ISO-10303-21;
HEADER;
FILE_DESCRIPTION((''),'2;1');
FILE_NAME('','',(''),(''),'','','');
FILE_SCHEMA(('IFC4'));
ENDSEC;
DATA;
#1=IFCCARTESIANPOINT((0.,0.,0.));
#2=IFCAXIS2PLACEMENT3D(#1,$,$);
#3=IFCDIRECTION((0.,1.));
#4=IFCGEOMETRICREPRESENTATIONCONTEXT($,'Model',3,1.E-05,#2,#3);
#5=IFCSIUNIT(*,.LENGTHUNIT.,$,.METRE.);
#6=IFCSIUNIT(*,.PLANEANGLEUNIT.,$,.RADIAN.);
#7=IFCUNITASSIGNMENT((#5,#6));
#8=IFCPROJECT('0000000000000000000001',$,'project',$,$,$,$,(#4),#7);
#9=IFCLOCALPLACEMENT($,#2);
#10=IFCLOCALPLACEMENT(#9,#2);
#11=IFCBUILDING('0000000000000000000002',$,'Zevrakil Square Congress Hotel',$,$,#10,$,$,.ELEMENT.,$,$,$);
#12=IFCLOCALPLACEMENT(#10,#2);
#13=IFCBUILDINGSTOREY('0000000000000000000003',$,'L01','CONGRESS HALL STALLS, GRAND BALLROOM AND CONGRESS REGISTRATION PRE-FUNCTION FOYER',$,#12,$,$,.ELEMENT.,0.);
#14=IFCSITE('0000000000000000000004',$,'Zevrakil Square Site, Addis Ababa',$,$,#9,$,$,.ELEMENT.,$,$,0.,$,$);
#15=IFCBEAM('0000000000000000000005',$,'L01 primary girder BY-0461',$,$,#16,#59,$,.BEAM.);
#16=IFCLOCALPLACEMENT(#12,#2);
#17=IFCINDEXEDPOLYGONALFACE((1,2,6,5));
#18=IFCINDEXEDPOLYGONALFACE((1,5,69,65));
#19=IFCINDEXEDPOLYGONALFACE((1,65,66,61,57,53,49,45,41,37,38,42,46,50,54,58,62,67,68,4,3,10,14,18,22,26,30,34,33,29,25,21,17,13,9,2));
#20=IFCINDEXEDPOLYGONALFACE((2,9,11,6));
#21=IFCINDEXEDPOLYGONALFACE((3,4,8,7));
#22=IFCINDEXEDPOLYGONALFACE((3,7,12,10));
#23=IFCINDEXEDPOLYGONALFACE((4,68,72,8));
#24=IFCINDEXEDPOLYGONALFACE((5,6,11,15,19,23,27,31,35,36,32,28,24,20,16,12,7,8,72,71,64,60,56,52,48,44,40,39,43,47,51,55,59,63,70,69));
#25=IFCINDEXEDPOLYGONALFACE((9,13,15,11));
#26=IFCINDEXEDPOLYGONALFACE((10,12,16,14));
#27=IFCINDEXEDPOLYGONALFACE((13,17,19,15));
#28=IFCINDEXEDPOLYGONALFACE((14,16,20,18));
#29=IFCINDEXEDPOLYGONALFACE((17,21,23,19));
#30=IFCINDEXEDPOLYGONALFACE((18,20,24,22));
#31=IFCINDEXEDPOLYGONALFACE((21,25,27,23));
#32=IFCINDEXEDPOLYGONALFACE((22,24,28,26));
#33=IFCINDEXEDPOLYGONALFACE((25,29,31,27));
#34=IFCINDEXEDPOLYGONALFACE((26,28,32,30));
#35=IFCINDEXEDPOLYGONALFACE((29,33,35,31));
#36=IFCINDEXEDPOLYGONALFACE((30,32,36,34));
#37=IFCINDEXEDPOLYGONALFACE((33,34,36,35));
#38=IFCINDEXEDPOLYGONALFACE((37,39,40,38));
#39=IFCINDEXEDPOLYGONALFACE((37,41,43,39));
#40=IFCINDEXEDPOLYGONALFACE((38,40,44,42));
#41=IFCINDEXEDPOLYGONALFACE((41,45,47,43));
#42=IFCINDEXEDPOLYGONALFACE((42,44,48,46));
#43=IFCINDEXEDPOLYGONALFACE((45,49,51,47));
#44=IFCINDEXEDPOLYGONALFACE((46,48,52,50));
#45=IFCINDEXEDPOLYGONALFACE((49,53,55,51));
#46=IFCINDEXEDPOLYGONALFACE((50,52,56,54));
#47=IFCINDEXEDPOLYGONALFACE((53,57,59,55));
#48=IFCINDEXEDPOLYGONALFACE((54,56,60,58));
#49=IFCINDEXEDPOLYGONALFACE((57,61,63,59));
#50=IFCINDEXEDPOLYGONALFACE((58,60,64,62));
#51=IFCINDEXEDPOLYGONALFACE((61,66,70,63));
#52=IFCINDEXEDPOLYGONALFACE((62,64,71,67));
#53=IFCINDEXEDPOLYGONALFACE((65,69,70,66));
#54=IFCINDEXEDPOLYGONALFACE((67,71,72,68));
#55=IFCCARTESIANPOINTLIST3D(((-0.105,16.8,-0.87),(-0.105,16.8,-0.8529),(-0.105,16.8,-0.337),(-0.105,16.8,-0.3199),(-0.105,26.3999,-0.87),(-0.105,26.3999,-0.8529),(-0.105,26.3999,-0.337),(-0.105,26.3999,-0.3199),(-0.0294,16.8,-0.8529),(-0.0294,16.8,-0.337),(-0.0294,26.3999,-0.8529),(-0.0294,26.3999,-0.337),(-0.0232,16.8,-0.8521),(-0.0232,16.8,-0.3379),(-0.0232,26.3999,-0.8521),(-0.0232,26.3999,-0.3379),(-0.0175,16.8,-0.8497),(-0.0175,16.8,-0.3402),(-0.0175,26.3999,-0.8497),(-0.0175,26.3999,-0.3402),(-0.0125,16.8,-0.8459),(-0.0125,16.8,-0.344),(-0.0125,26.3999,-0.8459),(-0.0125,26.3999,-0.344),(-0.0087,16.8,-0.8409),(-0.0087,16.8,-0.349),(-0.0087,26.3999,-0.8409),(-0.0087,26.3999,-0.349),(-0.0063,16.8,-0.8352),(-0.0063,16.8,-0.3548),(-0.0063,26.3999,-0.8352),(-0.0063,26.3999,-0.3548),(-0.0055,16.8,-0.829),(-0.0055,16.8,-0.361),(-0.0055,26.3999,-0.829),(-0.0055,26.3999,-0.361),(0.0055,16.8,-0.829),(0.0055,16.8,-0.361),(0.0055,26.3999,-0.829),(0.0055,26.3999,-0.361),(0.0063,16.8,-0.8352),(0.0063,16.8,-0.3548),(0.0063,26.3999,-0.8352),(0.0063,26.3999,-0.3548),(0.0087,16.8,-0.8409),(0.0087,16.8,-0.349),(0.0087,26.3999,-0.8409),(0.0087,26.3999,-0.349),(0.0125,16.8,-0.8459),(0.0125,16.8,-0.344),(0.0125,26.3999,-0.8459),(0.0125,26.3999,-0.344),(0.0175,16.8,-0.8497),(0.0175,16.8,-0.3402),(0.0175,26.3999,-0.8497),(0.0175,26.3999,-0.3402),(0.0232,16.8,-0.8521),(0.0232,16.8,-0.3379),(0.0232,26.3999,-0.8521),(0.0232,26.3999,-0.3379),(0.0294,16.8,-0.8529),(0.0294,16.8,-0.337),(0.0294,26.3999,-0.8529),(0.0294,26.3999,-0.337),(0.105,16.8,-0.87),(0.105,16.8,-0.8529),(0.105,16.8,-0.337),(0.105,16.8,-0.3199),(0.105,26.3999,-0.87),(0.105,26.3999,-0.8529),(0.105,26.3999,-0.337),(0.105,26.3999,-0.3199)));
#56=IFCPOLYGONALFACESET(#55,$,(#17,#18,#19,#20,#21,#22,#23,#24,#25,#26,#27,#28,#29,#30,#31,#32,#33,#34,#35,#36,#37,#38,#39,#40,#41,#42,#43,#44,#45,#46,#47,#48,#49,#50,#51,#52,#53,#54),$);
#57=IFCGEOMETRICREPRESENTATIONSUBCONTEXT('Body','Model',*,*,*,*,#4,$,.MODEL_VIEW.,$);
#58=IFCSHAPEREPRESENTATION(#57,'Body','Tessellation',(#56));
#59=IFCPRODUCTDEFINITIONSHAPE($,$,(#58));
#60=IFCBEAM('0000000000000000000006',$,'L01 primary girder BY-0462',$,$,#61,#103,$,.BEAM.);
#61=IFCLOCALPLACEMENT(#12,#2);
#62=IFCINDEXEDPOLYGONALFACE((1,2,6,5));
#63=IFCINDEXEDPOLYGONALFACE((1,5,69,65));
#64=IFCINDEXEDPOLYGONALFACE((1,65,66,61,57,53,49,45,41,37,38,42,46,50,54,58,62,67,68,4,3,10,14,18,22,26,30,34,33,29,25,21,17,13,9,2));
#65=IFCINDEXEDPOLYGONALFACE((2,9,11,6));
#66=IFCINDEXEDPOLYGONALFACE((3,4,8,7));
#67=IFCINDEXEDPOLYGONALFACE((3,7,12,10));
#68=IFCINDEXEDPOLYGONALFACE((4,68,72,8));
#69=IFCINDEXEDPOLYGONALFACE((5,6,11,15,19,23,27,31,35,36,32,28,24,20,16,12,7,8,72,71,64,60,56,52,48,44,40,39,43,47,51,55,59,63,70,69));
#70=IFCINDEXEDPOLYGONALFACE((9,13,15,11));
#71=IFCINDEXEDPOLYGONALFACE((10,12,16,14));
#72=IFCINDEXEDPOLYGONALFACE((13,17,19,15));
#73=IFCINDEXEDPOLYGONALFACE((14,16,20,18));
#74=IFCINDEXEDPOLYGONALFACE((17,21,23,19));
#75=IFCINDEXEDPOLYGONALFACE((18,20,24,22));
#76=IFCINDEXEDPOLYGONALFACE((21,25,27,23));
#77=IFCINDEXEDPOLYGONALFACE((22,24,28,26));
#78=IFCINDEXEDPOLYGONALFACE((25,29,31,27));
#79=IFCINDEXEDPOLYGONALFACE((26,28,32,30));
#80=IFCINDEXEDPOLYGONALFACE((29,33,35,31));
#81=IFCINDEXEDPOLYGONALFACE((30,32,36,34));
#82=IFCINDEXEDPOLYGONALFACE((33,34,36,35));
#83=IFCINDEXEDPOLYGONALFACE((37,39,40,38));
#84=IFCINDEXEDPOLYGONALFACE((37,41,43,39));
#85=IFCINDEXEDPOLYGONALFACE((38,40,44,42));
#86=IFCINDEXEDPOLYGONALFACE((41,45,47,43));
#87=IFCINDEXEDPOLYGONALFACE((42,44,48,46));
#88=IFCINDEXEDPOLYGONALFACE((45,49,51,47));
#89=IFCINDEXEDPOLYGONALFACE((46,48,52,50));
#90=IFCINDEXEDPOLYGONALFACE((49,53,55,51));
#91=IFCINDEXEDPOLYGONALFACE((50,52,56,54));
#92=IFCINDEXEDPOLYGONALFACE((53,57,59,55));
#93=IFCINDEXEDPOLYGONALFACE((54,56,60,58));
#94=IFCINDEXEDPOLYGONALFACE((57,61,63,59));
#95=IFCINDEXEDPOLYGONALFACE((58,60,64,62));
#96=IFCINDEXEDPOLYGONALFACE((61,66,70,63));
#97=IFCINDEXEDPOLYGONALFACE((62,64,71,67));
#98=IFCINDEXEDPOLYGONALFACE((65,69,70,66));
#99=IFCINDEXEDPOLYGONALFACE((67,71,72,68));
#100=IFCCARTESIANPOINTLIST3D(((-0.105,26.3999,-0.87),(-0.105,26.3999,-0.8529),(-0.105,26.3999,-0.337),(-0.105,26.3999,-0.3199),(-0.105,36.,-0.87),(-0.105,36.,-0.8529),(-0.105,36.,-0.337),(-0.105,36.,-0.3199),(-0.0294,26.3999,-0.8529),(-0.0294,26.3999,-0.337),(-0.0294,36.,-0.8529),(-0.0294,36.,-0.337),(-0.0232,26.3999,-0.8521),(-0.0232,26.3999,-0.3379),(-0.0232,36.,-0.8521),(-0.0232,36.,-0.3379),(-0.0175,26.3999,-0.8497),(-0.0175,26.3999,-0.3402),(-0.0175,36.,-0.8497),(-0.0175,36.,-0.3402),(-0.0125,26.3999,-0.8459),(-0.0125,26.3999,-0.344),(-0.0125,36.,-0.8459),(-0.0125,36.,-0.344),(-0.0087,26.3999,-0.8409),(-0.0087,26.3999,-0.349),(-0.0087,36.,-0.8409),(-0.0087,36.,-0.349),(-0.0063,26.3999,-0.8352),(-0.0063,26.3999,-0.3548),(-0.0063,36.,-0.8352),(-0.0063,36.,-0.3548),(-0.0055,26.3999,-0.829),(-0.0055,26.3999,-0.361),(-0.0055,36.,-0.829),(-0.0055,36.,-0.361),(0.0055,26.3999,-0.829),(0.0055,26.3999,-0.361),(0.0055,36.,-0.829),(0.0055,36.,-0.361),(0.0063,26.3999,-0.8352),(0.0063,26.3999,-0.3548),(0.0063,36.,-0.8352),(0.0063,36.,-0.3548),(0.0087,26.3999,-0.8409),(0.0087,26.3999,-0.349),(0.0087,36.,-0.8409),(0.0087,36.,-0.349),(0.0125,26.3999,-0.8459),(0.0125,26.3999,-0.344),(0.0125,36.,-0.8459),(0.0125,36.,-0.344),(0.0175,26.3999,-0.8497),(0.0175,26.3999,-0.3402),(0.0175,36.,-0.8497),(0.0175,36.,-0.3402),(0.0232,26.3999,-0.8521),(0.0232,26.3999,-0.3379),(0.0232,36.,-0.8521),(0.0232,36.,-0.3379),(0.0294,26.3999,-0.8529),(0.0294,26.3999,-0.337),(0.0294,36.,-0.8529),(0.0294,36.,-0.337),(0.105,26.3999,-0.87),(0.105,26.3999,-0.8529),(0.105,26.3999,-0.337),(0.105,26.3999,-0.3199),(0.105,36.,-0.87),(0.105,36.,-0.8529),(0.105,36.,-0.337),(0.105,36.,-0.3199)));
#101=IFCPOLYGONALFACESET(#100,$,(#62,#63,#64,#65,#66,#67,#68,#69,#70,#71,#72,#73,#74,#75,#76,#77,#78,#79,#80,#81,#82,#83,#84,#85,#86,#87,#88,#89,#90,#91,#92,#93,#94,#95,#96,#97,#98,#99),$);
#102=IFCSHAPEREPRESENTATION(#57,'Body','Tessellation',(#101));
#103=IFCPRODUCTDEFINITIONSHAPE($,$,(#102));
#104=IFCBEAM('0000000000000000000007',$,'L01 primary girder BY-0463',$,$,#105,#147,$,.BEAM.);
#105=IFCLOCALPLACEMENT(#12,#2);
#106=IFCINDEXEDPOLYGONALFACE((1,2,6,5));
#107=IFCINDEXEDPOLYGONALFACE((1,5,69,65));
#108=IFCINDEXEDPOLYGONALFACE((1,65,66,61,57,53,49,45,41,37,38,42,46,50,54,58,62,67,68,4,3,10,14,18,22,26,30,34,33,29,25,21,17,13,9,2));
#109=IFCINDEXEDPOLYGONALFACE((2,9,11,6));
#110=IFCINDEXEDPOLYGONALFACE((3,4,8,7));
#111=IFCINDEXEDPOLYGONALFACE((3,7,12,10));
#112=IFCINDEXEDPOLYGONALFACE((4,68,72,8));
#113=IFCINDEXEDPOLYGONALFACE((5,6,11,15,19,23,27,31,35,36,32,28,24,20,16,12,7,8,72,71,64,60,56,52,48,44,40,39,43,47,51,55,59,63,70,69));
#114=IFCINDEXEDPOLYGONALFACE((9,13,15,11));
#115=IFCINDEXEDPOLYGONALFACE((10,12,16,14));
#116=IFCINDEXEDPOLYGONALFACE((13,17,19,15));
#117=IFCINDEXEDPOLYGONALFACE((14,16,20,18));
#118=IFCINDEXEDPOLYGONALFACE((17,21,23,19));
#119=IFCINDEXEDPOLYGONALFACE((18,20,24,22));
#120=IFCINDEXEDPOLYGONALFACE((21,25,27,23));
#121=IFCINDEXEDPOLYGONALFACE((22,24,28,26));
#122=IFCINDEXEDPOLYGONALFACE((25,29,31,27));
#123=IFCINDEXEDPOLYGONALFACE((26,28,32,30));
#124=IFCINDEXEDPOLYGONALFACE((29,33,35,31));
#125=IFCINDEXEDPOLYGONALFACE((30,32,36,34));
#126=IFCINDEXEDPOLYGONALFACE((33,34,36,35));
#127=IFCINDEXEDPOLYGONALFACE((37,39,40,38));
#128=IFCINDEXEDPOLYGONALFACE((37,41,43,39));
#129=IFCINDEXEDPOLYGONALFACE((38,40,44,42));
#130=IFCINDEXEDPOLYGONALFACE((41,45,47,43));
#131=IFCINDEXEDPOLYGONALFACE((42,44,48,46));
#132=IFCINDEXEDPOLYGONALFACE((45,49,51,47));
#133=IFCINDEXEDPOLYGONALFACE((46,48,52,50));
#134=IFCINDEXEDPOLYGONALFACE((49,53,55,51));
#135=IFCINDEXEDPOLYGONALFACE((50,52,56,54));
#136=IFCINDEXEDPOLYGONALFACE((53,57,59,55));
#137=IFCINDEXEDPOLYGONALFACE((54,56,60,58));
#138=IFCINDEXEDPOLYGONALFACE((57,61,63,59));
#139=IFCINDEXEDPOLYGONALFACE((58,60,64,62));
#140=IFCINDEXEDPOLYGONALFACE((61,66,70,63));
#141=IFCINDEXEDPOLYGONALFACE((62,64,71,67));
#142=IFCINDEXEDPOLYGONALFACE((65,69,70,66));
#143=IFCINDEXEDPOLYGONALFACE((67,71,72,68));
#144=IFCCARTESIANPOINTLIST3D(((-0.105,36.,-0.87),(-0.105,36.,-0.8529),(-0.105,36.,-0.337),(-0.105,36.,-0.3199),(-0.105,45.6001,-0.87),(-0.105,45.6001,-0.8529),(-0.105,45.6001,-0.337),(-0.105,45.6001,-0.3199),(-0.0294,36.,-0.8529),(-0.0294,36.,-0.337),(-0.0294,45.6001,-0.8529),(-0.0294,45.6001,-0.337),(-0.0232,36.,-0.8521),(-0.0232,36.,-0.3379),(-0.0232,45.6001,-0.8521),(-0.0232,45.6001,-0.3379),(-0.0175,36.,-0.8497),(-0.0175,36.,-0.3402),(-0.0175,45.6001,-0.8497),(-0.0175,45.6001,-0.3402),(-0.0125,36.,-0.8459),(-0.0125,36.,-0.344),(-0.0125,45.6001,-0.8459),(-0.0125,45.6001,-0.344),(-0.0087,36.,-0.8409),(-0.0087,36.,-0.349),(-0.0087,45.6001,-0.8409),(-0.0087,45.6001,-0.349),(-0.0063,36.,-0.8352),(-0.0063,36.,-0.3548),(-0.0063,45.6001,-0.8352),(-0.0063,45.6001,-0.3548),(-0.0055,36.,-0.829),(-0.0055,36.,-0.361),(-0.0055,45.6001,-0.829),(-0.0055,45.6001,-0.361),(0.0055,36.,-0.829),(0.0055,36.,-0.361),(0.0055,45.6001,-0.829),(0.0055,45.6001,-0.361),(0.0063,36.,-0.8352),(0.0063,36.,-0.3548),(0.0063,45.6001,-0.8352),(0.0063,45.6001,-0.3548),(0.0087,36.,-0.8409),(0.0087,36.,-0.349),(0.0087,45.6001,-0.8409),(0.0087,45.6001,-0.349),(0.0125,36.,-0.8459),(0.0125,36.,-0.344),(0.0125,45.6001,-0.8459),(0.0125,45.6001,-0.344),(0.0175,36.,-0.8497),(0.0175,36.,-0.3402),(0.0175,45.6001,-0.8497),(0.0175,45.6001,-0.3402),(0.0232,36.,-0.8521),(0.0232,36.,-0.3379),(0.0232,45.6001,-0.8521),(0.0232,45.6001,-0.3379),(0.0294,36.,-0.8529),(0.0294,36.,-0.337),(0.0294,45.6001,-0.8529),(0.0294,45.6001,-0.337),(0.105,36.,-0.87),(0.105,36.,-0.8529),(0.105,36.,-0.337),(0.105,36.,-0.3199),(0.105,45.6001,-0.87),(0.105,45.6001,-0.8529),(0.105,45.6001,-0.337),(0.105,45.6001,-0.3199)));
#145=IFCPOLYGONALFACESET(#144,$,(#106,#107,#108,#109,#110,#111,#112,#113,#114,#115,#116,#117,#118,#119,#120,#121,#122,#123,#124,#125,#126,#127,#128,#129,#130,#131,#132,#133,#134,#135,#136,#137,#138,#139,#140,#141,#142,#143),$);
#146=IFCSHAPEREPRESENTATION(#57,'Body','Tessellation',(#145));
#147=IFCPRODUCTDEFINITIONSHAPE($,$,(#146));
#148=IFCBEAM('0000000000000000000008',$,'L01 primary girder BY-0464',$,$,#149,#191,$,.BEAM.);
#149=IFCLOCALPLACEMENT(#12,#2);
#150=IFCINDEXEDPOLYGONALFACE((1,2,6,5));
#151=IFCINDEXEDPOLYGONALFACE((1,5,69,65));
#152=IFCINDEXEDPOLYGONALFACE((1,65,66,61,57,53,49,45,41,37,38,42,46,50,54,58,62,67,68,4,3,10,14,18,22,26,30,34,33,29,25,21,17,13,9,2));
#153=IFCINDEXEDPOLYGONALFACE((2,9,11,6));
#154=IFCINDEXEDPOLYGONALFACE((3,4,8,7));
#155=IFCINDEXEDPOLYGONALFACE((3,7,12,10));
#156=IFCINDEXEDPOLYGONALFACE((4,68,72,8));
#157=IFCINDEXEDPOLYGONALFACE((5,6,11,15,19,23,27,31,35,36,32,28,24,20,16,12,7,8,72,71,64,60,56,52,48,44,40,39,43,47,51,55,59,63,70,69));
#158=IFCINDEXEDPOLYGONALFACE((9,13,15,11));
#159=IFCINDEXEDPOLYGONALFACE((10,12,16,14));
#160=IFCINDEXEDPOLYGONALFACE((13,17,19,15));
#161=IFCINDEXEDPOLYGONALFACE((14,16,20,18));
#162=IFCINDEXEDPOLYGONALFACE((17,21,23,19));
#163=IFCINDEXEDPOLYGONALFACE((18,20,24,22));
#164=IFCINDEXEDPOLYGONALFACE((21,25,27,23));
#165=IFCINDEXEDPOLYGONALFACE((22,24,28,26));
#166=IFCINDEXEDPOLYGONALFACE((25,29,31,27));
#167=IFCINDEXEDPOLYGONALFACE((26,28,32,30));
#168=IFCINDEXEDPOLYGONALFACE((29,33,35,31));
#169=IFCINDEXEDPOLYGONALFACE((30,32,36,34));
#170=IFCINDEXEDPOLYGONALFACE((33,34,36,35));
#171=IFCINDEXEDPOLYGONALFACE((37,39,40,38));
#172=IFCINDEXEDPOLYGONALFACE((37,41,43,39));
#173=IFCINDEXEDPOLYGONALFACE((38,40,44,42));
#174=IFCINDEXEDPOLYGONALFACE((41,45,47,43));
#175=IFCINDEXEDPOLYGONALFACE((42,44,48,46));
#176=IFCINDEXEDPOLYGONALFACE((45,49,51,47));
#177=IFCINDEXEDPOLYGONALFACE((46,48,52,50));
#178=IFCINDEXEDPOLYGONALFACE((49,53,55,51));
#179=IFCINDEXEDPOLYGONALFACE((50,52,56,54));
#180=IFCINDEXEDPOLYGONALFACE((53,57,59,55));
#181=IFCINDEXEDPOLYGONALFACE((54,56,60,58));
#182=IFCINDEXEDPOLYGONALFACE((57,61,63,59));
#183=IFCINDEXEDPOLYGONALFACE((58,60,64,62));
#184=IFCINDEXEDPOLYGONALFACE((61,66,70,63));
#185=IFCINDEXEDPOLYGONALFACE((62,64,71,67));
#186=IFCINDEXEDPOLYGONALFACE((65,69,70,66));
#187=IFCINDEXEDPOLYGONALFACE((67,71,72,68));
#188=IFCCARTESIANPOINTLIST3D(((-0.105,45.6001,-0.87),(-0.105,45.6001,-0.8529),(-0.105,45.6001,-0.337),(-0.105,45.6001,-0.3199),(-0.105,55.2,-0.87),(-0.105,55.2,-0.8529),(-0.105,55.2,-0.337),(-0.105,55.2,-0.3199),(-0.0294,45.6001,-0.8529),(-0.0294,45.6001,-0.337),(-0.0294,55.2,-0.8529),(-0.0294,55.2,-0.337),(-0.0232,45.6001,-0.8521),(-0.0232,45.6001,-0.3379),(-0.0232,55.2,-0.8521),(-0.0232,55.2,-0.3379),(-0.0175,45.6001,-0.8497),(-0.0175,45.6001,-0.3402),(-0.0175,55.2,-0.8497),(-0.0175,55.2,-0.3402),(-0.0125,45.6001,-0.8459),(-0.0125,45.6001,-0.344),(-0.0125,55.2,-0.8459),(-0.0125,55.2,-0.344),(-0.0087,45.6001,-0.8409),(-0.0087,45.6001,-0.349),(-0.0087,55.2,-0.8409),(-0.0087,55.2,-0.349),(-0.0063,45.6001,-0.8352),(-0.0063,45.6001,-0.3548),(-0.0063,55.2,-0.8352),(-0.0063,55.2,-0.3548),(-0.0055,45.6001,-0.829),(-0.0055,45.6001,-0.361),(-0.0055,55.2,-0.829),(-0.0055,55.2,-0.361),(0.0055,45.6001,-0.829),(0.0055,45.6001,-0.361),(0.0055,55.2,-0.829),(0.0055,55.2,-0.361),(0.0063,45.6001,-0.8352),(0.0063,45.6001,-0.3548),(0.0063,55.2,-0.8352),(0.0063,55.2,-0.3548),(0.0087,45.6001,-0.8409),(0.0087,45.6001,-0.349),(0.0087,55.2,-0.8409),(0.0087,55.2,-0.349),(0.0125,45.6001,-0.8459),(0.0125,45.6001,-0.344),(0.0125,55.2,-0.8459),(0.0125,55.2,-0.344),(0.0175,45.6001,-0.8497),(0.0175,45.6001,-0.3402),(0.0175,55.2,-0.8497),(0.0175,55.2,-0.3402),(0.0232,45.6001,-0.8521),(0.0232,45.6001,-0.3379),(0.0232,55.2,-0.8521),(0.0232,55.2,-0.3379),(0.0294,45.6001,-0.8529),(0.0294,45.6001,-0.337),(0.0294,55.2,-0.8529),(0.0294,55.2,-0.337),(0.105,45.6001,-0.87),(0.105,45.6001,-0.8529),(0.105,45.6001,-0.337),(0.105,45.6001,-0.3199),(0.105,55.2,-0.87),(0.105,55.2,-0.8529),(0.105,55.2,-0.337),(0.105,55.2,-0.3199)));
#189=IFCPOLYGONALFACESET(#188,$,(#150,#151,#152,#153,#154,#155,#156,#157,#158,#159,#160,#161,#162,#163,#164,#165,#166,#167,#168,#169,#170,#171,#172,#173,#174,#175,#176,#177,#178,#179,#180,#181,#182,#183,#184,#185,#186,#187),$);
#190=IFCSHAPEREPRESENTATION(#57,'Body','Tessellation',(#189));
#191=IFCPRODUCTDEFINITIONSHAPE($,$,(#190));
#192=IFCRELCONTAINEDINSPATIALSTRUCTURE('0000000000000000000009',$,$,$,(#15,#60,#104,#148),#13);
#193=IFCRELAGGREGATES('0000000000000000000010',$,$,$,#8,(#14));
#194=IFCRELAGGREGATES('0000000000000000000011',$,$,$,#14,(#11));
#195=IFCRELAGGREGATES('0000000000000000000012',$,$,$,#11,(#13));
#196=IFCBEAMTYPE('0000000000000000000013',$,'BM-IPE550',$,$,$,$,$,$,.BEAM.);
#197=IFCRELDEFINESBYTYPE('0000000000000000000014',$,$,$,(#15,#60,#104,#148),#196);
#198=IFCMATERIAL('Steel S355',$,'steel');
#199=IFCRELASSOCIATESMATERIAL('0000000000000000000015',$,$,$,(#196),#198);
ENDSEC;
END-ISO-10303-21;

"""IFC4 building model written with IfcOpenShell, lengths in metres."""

from ifc_helpers import new_model, si_unit, direction, frame, origin, origin_2d, place, context, subcontext, project, spatial, i_section, extrude, material, material_profile, profile_set, type_object, element, save


model = new_model("IFC4")

# Units and contexts
model_context = context("Model", 3, precision=1e-05, world=origin(), true_north=direction((0.0, 1.0)))
body_context = subcontext(model_context, "Body", "Model", "MODEL_VIEW")
ifc_project = project(units=[si_unit("LENGTHUNIT", "METRE"), si_unit("PLANEANGLEUNIT", "RADIAN")], contexts=[model_context])

# Site, building, storey
site_placement = place(None, origin())
site = spatial("IfcSite", under=ifc_project, at=site_placement, Name="Zevrakil Square Site, Addis Ababa", CompositionType="ELEMENT", RefElevation=0.0)
building_placement = place(site_placement, origin())
building = spatial("IfcBuilding", under=site, at=building_placement, Name="Zevrakil Square Congress Hotel", CompositionType="ELEMENT")
storey_placement = place(building_placement, origin())
storey = spatial("IfcBuildingStorey", under=building, at=storey_placement, Name="L01", Description="CONGRESS HALL STALLS, GRAND BALLROOM AND CONGRESS REGISTRATION PRE-FUNCTION FOYER", CompositionType="ELEMENT", Elevation=0.0)

# Beams
ifc_material_1 = material(Name="Steel S355", Category="steel")
ifc_material_profile_1 = material_profile(ifc_material_1, i_section(OverallWidth=0.21, OverallDepth=0.55, WebThickness=0.011, FlangeThickness=0.0171, FilletRadius=0.0239, at=origin_2d()), Name="IPE 550")
ifc_profile_set_1 = profile_set([ifc_material_profile_1], Name="Steel S355")
beam_type_1 = type_object("IfcBeamType", Name="BM-IPE550", PredefinedType="BEAM", material=ifc_profile_set_1)
beam_1_placement = place(storey_placement, frame((0.0, 16.8, -0.595), z_axis=(0.0, 1.0, 0.0), x_axis=(-1.0, 0.0, 0.0)))
element("IfcBeam", 1, at=beam_1_placement, inside=storey, type_object=beam_type_1, Name="L01 primary girder BY-0461", PredefinedType="BEAM", context=body_context, shape_type="SweptSolid", body=[
    extrude(i_section(OverallWidth=0.21, OverallDepth=0.55, WebThickness=0.011, FlangeThickness=0.0171, FilletRadius=0.0239, at=origin_2d()), origin(), (0.0, 0.0, 1.0), 9.5999),
])
for number, where, z_axis, x_axis, name in (
    (2, (0.0, 26.3999, -0.595), (0.0, 1.0, 0.0), (-1.0, 0.0, 0.0), "L01 primary girder BY-0462"),
    (3, (0.0, 36.0, -0.595), (0.0, 1.0, 0.0), (-1.0, 0.0, 0.0), "L01 primary girder BY-0463"),
):
    element("IfcBeam", number, at=place(storey_placement, frame(where, z_axis=z_axis, x_axis=x_axis)), inside=storey, type_object=beam_type_1, Name=name, PredefinedType="BEAM", context=body_context, shape_type="SweptSolid", body=[
        extrude(i_section(OverallWidth=0.21, OverallDepth=0.55, WebThickness=0.011, FlangeThickness=0.0171, FilletRadius=0.0239, at=origin_2d()), origin(), (0.0, 0.0, 1.0), 9.6001),
    ])
beam_2_placement = place(storey_placement, frame((0.0, 45.6001, -0.595), z_axis=(0.0, 1.0, 0.0), x_axis=(-1.0, 0.0, 0.0)))
element("IfcBeam", 4, at=beam_2_placement, inside=storey, type_object=beam_type_1, Name="L01 primary girder BY-0464", PredefinedType="BEAM", context=body_context, shape_type="SweptSolid", body=[
    extrude(i_section(OverallWidth=0.21, OverallDepth=0.55, WebThickness=0.011, FlangeThickness=0.0171, FilletRadius=0.0239, at=origin_2d()), origin(), (0.0, 0.0, 1.0), 9.5999),
])

save(model, "model.ifc")
